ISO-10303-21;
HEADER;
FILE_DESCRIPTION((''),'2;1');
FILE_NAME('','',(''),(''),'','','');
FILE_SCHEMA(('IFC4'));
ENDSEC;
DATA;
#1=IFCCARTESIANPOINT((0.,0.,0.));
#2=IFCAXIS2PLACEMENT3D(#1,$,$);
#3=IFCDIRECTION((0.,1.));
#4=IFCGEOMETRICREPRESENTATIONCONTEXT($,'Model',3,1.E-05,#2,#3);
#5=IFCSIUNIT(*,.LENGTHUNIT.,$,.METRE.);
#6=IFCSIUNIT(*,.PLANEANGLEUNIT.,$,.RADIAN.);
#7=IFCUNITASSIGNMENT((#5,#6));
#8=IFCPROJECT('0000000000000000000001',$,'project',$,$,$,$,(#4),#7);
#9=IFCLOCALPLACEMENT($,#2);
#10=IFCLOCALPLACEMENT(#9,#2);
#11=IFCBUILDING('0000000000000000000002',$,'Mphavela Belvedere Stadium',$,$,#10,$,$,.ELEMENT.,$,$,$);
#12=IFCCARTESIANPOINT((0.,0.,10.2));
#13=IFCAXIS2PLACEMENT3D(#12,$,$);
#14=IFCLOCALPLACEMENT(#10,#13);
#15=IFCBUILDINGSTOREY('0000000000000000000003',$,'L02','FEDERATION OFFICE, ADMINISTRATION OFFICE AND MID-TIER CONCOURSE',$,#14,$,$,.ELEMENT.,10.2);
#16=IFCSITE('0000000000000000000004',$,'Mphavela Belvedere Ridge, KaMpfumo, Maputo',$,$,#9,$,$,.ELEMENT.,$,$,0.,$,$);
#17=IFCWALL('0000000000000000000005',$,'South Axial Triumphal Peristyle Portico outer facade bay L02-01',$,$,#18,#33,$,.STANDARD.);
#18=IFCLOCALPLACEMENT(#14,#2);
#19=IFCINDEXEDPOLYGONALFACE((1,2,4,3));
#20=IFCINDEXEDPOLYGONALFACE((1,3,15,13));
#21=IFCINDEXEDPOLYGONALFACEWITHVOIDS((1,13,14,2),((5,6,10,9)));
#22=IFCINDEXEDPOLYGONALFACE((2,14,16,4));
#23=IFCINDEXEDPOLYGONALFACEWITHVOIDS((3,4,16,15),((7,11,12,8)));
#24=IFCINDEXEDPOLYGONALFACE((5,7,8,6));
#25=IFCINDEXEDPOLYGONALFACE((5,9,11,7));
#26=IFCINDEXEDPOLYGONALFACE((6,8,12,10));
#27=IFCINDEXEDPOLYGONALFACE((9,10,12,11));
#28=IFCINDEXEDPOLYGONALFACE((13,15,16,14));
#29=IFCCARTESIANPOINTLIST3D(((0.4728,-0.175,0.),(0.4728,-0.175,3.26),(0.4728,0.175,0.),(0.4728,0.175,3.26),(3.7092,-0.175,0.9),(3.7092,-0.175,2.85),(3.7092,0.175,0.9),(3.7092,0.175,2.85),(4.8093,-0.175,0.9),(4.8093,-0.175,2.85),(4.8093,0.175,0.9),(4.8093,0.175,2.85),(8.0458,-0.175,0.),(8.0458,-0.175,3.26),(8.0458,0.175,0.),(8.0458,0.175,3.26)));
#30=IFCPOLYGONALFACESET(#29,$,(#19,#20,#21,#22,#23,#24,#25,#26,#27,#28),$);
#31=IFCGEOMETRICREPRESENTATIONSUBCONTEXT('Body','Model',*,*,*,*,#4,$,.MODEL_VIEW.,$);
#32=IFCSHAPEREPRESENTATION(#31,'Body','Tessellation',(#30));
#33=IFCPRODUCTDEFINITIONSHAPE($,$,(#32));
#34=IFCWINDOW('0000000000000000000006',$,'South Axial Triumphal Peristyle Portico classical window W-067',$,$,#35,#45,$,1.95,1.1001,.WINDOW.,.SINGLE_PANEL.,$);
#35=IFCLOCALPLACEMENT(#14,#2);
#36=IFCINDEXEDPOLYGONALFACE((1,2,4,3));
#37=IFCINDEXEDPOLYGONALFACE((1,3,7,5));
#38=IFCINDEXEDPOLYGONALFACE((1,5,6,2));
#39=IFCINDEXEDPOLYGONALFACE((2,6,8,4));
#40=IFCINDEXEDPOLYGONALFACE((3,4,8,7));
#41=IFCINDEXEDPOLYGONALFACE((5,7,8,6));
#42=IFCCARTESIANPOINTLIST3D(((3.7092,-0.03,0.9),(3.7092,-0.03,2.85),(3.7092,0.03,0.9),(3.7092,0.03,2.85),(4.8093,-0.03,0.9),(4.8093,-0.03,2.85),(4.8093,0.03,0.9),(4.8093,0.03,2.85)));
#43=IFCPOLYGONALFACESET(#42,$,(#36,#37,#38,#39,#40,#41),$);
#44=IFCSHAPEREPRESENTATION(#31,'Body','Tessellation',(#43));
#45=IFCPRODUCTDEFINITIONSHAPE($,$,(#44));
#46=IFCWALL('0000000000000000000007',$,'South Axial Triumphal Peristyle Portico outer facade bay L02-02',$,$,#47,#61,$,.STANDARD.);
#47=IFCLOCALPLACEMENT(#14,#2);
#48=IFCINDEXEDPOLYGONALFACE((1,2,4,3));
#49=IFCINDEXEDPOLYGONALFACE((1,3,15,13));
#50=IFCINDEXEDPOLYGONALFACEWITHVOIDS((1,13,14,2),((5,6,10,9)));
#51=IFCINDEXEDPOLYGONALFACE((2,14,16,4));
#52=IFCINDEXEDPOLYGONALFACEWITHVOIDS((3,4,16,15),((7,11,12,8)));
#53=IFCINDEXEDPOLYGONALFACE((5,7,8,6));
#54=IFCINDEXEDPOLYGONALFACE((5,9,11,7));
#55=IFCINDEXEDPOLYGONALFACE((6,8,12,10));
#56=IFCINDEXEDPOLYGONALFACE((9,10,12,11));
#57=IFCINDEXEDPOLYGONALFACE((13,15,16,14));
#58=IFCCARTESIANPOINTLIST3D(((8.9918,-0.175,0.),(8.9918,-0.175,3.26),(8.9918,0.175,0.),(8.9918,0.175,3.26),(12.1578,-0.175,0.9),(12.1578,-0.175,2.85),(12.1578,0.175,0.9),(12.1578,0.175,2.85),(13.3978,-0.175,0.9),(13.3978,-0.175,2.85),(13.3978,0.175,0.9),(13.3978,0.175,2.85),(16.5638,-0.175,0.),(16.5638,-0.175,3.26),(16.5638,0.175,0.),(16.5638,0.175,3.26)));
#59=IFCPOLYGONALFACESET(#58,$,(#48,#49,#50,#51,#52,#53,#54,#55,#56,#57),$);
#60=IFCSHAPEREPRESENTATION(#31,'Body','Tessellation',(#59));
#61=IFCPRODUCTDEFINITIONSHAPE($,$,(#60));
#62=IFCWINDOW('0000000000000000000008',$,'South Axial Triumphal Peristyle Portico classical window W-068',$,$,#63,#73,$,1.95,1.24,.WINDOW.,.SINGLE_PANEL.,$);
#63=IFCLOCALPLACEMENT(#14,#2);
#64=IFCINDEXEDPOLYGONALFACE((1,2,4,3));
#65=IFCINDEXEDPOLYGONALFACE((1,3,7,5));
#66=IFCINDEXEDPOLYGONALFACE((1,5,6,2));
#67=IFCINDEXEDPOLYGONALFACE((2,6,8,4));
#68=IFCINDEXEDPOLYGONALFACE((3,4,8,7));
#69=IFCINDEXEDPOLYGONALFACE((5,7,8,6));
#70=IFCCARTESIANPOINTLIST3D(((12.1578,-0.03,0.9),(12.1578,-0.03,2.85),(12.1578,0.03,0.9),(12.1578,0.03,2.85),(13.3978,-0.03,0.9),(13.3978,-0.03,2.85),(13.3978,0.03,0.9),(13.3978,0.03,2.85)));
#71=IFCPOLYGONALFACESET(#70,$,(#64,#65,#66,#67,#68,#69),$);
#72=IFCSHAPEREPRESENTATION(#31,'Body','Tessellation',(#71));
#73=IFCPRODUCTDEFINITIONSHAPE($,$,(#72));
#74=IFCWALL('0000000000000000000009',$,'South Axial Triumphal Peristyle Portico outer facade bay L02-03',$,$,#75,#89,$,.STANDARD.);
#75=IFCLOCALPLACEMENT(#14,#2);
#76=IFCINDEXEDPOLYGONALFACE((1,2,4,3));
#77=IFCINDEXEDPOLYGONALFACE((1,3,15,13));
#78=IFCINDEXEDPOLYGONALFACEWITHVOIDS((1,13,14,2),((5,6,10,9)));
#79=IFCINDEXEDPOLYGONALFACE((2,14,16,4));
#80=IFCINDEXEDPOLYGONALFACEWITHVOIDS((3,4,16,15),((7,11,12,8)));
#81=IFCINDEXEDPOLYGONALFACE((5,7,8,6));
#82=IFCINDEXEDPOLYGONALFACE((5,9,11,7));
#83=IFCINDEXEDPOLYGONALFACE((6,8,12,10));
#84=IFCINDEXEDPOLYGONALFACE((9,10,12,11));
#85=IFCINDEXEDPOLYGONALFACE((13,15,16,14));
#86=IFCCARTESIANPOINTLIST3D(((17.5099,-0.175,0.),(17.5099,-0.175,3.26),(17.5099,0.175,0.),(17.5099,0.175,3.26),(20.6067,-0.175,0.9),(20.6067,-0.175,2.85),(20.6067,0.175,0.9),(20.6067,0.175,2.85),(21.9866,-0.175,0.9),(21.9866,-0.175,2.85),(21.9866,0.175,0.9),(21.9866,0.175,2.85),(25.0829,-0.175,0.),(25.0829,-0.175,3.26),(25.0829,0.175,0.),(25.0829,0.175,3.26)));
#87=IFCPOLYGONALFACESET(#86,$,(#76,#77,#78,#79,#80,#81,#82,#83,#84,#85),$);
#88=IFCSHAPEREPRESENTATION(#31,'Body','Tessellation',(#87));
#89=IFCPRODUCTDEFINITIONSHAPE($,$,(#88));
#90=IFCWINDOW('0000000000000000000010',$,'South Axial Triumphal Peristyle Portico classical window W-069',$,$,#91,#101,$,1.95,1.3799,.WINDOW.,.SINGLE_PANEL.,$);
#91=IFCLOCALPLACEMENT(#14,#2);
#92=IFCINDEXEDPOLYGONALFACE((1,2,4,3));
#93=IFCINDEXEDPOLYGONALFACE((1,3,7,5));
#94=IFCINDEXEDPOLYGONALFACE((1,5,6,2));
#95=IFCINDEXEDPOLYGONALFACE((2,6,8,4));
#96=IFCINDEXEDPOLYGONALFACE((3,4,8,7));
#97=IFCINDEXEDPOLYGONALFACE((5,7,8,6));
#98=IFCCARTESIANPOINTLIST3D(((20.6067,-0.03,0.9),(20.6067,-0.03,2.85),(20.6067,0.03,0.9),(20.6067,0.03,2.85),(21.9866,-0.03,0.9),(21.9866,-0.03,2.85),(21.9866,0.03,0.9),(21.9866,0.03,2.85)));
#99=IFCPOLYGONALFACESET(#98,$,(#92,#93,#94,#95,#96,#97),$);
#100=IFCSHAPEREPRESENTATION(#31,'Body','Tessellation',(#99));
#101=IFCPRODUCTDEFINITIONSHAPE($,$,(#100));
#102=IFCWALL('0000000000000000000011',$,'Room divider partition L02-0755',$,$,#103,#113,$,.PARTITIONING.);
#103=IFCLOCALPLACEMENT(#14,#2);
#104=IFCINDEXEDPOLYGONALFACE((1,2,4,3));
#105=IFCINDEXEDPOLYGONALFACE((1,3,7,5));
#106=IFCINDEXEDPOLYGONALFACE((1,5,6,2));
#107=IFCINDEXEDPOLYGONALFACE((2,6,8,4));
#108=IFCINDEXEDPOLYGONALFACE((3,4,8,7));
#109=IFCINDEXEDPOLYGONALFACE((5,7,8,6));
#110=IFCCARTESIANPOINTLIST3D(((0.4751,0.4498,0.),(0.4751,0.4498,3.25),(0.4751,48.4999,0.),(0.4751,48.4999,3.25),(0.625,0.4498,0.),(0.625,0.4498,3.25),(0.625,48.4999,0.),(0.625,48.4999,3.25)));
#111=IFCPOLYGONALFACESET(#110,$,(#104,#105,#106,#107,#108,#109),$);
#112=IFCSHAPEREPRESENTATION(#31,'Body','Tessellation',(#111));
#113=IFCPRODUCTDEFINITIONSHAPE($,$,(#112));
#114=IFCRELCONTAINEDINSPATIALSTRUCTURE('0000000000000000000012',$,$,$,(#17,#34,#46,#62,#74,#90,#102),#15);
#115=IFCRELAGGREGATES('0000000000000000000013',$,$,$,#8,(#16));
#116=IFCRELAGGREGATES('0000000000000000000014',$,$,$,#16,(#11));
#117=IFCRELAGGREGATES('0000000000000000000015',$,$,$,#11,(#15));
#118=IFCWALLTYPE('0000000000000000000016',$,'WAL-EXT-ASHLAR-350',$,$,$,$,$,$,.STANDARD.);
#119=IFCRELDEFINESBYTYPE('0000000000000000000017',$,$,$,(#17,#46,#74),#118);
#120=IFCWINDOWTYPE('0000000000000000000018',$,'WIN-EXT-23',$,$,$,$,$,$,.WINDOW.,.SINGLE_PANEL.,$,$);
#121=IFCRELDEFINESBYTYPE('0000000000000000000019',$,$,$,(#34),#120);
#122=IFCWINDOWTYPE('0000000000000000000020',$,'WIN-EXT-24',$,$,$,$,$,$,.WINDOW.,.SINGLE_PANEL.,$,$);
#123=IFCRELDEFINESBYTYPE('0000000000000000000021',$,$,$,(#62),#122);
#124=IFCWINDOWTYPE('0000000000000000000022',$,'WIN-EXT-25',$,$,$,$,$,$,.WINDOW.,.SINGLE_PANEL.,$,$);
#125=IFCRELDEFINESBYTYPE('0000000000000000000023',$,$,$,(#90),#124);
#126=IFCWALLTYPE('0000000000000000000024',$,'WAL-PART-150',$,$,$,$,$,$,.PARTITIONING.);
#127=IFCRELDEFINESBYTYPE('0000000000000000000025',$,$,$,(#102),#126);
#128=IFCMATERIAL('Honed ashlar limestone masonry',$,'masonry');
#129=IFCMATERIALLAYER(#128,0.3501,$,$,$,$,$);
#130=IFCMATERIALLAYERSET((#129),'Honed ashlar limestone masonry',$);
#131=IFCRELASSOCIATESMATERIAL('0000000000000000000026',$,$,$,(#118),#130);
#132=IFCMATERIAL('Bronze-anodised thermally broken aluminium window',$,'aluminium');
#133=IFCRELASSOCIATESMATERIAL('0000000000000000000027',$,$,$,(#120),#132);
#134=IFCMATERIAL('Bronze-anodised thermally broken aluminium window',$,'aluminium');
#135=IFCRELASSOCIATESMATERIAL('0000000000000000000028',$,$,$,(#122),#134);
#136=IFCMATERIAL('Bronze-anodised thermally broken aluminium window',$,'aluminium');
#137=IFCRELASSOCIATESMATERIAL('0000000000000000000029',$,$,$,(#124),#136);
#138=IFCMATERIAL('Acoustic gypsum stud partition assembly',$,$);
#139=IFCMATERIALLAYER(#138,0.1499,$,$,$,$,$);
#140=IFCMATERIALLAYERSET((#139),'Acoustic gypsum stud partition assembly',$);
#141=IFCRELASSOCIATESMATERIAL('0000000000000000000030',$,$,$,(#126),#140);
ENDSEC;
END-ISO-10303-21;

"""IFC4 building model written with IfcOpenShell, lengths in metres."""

from ifc_helpers import new_model, si_unit, direction, frame, frame_2d, origin, place, context, subcontext, project, spatial, rectangle, extrude, material, layer, layer_set, type_object, element, fill, save


model = new_model("IFC4")

# Units and contexts
model_context = context("Model", 3, precision=1e-05, world=origin(), true_north=direction((0.0, 1.0)))
body_context = subcontext(model_context, "Body", "Model", "MODEL_VIEW")
ifc_project = project(units=[si_unit("LENGTHUNIT", "METRE"), si_unit("PLANEANGLEUNIT", "RADIAN")], contexts=[model_context])

# Site, building, storey
site_placement = place(None, origin())
site = spatial("IfcSite", under=ifc_project, at=site_placement, Name="Mphavela Belvedere Ridge, KaMpfumo, Maputo", CompositionType="ELEMENT", RefElevation=0.0)
building_placement = place(site_placement, origin())
building = spatial("IfcBuilding", under=site, at=building_placement, Name="Mphavela Belvedere Stadium", CompositionType="ELEMENT")
storey_placement = place(building_placement, frame((0.0, 0.0, 10.2)))
storey = spatial("IfcBuildingStorey", under=building, at=storey_placement, Name="L02", Description="FEDERATION OFFICE, ADMINISTRATION OFFICE AND MID-TIER CONCOURSE", CompositionType="ELEMENT", Elevation=10.2)

# Walls, openings, windows
ifc_material_1 = material(Name="Honed ashlar limestone masonry", Category="masonry")
ifc_layer_1 = layer(ifc_material_1, 0.3501)
ifc_layer_set_1 = layer_set([ifc_layer_1], Name="Honed ashlar limestone masonry")
wall_type_1 = type_object("IfcWallType", Name="WAL-EXT-ASHLAR-350", PredefinedType="STANDARD", material=ifc_layer_set_1)
wall_1_placement = place(storey_placement, frame((8.0459, 0.0, 0.0), z_axis=(0.0, 0.0, 1.0), x_axis=(-1.0, 0.0, 0.0)))
wall_1 = element("IfcWall", 1, at=wall_1_placement, inside=storey, type_object=wall_type_1, Name="South Axial Triumphal Peristyle Portico outer facade bay L02-01", PredefinedType="STANDARD", context=body_context, shape_type="SweptSolid", body=[
    extrude(rectangle(XDim=7.573, YDim=0.3501, at=frame_2d((3.7866, 0.0))), origin(), (0.0, 0.0, 1.0), 3.26),
])
opening_1_placement = place(wall_1_placement, frame((3.2366, 0.0, 0.8999)))
opening_1 = element("IfcOpeningElement", 2, at=opening_1_placement, cuts=wall_1, PredefinedType="OPENING", context=body_context, shape_type="SweptSolid", body=[
    extrude(rectangle(XDim=1.1001, YDim=1.95, at=frame_2d((0.55, 0.9751))), frame((0.0, 0.1851, 0.0), z_axis=(0.0, -1.0, 0.0), x_axis=(1.0, 0.0, 0.0)), (0.0, 0.0, 1.0), 0.3701),
])
ifc_material_2 = material(Name="Bronze-anodised thermally broken aluminium window", Category="aluminium")
window_type_1 = type_object("IfcWindowType", Name="WIN-EXT-23", PartitioningType="SINGLE_PANEL", PredefinedType="WINDOW", material=ifc_material_2)
window_1_placement = place(opening_1_placement, origin())
window_1 = element("IfcWindow", 3, at=window_1_placement, inside=storey, type_object=window_type_1, Name="South Axial Triumphal Peristyle Portico classical window W-067", OverallHeight=1.95, OverallWidth=1.1001, PartitioningType="SINGLE_PANEL", PredefinedType="WINDOW", context=body_context, shape_type="SweptSolid", body=[
    extrude(rectangle(XDim=1.1001, YDim=1.95, at=frame_2d((0.55, 0.9751))), frame((0.0, 0.03, 0.0), z_axis=(0.0, -1.0, 0.0), x_axis=(1.0, 0.0, 0.0)), (0.0, 0.0, 1.0), 0.0601),
])
fill(opening_1, window_1)
wall_2_placement = place(storey_placement, frame((16.564, 0.0, 0.0), z_axis=(0.0, 0.0, 1.0), x_axis=(-1.0, 0.0, 0.0)))
wall_2 = element("IfcWall", 4, at=wall_2_placement, inside=storey, type_object=wall_type_1, Name="South Axial Triumphal Peristyle Portico outer facade bay L02-02", PredefinedType="STANDARD", context=body_context, shape_type="SweptSolid", body=[
    extrude(rectangle(XDim=7.572, YDim=0.3501, at=frame_2d((3.7861, 0.0))), origin(), (0.0, 0.0, 1.0), 3.26),
])
opening_2_placement = place(wall_2_placement, frame((3.166, 0.0, 0.8999)))
opening_2 = element("IfcOpeningElement", 5, at=opening_2_placement, cuts=wall_2, PredefinedType="OPENING", context=body_context, shape_type="SweptSolid", body=[
    extrude(rectangle(XDim=1.24, YDim=1.95, at=frame_2d((0.6201, 0.9751))), frame((0.0, 0.1851, 0.0), z_axis=(0.0, -1.0, 0.0), x_axis=(1.0, 0.0, 0.0)), (0.0, 0.0, 1.0), 0.3701),
])
ifc_material_3 = material(Name="Bronze-anodised thermally broken aluminium window", Category="aluminium")
window_type_2 = type_object("IfcWindowType", Name="WIN-EXT-24", PartitioningType="SINGLE_PANEL", PredefinedType="WINDOW", material=ifc_material_3)
window_2_placement = place(opening_2_placement, origin())
window_2 = element("IfcWindow", 6, at=window_2_placement, inside=storey, type_object=window_type_2, Name="South Axial Triumphal Peristyle Portico classical window W-068", OverallHeight=1.95, OverallWidth=1.24, PartitioningType="SINGLE_PANEL", PredefinedType="WINDOW", context=body_context, shape_type="SweptSolid", body=[
    extrude(rectangle(XDim=1.24, YDim=1.95, at=frame_2d((0.6201, 0.9751))), frame((0.0, 0.03, 0.0), z_axis=(0.0, -1.0, 0.0), x_axis=(1.0, 0.0, 0.0)), (0.0, 0.0, 1.0), 0.0601),
])
fill(opening_2, window_2)
wall_3_placement = place(storey_placement, frame((25.083, 0.0, 0.0), z_axis=(0.0, 0.0, 1.0), x_axis=(-1.0, 0.0, 0.0)))
wall_3 = element("IfcWall", 7, at=wall_3_placement, inside=storey, type_object=wall_type_1, Name="South Axial Triumphal Peristyle Portico outer facade bay L02-03", PredefinedType="STANDARD", context=body_context, shape_type="SweptSolid", body=[
    extrude(rectangle(XDim=7.573, YDim=0.3501, at=frame_2d((3.7866, 0.0))), origin(), (0.0, 0.0, 1.0), 3.26),
])
opening_3_placement = place(wall_3_placement, frame((3.0964, 0.0, 0.8999)))
opening_3 = element("IfcOpeningElement", 8, at=opening_3_placement, cuts=wall_3, PredefinedType="OPENING", context=body_context, shape_type="SweptSolid", body=[
    extrude(rectangle(XDim=1.3799, YDim=1.95, at=frame_2d((0.6899, 0.9751))), frame((0.0, 0.1851, 0.0), z_axis=(0.0, -1.0, 0.0), x_axis=(1.0, 0.0, 0.0)), (0.0, 0.0, 1.0), 0.3701),
])
ifc_material_4 = material(Name="Bronze-anodised thermally broken aluminium window", Category="aluminium")
window_type_3 = type_object("IfcWindowType", Name="WIN-EXT-25", PartitioningType="SINGLE_PANEL", PredefinedType="WINDOW", material=ifc_material_4)
window_3_placement = place(opening_3_placement, origin())
window_3 = element("IfcWindow", 9, at=window_3_placement, inside=storey, type_object=window_type_3, Name="South Axial Triumphal Peristyle Portico classical window W-069", OverallHeight=1.95, OverallWidth=1.3799, PartitioningType="SINGLE_PANEL", PredefinedType="WINDOW", context=body_context, shape_type="SweptSolid", body=[
    extrude(rectangle(XDim=1.3799, YDim=1.95, at=frame_2d((0.6899, 0.9751))), frame((0.0, 0.03, 0.0), z_axis=(0.0, -1.0, 0.0), x_axis=(1.0, 0.0, 0.0)), (0.0, 0.0, 1.0), 0.0601),
])
fill(opening_3, window_3)

# Wall
ifc_material_5 = material(Name="Acoustic gypsum stud partition assembly")
ifc_layer_2 = layer(ifc_material_5, 0.1499)
ifc_layer_set_2 = layer_set([ifc_layer_2], Name="Acoustic gypsum stud partition assembly")
wall_type_2 = type_object("IfcWallType", Name="WAL-PART-150", PredefinedType="PARTITIONING", material=ifc_layer_set_2)
wall_4_placement = place(storey_placement, frame((0.55, 0.45, 0.0), z_axis=(0.0, 0.0, 1.0), x_axis=(0.0, 1.0, 0.0)))
element("IfcWall", 10, at=wall_4_placement, inside=storey, type_object=wall_type_2, Name="Room divider partition L02-0755", PredefinedType="PARTITIONING", context=body_context, shape_type="SweptSolid", body=[
    extrude(rectangle(XDim=48.05, YDim=0.1499, at=frame_2d((24.0249, 0.0))), origin(), (0.0, 0.0, 1.0), 3.25),
])

save(model, "model.ifc")
